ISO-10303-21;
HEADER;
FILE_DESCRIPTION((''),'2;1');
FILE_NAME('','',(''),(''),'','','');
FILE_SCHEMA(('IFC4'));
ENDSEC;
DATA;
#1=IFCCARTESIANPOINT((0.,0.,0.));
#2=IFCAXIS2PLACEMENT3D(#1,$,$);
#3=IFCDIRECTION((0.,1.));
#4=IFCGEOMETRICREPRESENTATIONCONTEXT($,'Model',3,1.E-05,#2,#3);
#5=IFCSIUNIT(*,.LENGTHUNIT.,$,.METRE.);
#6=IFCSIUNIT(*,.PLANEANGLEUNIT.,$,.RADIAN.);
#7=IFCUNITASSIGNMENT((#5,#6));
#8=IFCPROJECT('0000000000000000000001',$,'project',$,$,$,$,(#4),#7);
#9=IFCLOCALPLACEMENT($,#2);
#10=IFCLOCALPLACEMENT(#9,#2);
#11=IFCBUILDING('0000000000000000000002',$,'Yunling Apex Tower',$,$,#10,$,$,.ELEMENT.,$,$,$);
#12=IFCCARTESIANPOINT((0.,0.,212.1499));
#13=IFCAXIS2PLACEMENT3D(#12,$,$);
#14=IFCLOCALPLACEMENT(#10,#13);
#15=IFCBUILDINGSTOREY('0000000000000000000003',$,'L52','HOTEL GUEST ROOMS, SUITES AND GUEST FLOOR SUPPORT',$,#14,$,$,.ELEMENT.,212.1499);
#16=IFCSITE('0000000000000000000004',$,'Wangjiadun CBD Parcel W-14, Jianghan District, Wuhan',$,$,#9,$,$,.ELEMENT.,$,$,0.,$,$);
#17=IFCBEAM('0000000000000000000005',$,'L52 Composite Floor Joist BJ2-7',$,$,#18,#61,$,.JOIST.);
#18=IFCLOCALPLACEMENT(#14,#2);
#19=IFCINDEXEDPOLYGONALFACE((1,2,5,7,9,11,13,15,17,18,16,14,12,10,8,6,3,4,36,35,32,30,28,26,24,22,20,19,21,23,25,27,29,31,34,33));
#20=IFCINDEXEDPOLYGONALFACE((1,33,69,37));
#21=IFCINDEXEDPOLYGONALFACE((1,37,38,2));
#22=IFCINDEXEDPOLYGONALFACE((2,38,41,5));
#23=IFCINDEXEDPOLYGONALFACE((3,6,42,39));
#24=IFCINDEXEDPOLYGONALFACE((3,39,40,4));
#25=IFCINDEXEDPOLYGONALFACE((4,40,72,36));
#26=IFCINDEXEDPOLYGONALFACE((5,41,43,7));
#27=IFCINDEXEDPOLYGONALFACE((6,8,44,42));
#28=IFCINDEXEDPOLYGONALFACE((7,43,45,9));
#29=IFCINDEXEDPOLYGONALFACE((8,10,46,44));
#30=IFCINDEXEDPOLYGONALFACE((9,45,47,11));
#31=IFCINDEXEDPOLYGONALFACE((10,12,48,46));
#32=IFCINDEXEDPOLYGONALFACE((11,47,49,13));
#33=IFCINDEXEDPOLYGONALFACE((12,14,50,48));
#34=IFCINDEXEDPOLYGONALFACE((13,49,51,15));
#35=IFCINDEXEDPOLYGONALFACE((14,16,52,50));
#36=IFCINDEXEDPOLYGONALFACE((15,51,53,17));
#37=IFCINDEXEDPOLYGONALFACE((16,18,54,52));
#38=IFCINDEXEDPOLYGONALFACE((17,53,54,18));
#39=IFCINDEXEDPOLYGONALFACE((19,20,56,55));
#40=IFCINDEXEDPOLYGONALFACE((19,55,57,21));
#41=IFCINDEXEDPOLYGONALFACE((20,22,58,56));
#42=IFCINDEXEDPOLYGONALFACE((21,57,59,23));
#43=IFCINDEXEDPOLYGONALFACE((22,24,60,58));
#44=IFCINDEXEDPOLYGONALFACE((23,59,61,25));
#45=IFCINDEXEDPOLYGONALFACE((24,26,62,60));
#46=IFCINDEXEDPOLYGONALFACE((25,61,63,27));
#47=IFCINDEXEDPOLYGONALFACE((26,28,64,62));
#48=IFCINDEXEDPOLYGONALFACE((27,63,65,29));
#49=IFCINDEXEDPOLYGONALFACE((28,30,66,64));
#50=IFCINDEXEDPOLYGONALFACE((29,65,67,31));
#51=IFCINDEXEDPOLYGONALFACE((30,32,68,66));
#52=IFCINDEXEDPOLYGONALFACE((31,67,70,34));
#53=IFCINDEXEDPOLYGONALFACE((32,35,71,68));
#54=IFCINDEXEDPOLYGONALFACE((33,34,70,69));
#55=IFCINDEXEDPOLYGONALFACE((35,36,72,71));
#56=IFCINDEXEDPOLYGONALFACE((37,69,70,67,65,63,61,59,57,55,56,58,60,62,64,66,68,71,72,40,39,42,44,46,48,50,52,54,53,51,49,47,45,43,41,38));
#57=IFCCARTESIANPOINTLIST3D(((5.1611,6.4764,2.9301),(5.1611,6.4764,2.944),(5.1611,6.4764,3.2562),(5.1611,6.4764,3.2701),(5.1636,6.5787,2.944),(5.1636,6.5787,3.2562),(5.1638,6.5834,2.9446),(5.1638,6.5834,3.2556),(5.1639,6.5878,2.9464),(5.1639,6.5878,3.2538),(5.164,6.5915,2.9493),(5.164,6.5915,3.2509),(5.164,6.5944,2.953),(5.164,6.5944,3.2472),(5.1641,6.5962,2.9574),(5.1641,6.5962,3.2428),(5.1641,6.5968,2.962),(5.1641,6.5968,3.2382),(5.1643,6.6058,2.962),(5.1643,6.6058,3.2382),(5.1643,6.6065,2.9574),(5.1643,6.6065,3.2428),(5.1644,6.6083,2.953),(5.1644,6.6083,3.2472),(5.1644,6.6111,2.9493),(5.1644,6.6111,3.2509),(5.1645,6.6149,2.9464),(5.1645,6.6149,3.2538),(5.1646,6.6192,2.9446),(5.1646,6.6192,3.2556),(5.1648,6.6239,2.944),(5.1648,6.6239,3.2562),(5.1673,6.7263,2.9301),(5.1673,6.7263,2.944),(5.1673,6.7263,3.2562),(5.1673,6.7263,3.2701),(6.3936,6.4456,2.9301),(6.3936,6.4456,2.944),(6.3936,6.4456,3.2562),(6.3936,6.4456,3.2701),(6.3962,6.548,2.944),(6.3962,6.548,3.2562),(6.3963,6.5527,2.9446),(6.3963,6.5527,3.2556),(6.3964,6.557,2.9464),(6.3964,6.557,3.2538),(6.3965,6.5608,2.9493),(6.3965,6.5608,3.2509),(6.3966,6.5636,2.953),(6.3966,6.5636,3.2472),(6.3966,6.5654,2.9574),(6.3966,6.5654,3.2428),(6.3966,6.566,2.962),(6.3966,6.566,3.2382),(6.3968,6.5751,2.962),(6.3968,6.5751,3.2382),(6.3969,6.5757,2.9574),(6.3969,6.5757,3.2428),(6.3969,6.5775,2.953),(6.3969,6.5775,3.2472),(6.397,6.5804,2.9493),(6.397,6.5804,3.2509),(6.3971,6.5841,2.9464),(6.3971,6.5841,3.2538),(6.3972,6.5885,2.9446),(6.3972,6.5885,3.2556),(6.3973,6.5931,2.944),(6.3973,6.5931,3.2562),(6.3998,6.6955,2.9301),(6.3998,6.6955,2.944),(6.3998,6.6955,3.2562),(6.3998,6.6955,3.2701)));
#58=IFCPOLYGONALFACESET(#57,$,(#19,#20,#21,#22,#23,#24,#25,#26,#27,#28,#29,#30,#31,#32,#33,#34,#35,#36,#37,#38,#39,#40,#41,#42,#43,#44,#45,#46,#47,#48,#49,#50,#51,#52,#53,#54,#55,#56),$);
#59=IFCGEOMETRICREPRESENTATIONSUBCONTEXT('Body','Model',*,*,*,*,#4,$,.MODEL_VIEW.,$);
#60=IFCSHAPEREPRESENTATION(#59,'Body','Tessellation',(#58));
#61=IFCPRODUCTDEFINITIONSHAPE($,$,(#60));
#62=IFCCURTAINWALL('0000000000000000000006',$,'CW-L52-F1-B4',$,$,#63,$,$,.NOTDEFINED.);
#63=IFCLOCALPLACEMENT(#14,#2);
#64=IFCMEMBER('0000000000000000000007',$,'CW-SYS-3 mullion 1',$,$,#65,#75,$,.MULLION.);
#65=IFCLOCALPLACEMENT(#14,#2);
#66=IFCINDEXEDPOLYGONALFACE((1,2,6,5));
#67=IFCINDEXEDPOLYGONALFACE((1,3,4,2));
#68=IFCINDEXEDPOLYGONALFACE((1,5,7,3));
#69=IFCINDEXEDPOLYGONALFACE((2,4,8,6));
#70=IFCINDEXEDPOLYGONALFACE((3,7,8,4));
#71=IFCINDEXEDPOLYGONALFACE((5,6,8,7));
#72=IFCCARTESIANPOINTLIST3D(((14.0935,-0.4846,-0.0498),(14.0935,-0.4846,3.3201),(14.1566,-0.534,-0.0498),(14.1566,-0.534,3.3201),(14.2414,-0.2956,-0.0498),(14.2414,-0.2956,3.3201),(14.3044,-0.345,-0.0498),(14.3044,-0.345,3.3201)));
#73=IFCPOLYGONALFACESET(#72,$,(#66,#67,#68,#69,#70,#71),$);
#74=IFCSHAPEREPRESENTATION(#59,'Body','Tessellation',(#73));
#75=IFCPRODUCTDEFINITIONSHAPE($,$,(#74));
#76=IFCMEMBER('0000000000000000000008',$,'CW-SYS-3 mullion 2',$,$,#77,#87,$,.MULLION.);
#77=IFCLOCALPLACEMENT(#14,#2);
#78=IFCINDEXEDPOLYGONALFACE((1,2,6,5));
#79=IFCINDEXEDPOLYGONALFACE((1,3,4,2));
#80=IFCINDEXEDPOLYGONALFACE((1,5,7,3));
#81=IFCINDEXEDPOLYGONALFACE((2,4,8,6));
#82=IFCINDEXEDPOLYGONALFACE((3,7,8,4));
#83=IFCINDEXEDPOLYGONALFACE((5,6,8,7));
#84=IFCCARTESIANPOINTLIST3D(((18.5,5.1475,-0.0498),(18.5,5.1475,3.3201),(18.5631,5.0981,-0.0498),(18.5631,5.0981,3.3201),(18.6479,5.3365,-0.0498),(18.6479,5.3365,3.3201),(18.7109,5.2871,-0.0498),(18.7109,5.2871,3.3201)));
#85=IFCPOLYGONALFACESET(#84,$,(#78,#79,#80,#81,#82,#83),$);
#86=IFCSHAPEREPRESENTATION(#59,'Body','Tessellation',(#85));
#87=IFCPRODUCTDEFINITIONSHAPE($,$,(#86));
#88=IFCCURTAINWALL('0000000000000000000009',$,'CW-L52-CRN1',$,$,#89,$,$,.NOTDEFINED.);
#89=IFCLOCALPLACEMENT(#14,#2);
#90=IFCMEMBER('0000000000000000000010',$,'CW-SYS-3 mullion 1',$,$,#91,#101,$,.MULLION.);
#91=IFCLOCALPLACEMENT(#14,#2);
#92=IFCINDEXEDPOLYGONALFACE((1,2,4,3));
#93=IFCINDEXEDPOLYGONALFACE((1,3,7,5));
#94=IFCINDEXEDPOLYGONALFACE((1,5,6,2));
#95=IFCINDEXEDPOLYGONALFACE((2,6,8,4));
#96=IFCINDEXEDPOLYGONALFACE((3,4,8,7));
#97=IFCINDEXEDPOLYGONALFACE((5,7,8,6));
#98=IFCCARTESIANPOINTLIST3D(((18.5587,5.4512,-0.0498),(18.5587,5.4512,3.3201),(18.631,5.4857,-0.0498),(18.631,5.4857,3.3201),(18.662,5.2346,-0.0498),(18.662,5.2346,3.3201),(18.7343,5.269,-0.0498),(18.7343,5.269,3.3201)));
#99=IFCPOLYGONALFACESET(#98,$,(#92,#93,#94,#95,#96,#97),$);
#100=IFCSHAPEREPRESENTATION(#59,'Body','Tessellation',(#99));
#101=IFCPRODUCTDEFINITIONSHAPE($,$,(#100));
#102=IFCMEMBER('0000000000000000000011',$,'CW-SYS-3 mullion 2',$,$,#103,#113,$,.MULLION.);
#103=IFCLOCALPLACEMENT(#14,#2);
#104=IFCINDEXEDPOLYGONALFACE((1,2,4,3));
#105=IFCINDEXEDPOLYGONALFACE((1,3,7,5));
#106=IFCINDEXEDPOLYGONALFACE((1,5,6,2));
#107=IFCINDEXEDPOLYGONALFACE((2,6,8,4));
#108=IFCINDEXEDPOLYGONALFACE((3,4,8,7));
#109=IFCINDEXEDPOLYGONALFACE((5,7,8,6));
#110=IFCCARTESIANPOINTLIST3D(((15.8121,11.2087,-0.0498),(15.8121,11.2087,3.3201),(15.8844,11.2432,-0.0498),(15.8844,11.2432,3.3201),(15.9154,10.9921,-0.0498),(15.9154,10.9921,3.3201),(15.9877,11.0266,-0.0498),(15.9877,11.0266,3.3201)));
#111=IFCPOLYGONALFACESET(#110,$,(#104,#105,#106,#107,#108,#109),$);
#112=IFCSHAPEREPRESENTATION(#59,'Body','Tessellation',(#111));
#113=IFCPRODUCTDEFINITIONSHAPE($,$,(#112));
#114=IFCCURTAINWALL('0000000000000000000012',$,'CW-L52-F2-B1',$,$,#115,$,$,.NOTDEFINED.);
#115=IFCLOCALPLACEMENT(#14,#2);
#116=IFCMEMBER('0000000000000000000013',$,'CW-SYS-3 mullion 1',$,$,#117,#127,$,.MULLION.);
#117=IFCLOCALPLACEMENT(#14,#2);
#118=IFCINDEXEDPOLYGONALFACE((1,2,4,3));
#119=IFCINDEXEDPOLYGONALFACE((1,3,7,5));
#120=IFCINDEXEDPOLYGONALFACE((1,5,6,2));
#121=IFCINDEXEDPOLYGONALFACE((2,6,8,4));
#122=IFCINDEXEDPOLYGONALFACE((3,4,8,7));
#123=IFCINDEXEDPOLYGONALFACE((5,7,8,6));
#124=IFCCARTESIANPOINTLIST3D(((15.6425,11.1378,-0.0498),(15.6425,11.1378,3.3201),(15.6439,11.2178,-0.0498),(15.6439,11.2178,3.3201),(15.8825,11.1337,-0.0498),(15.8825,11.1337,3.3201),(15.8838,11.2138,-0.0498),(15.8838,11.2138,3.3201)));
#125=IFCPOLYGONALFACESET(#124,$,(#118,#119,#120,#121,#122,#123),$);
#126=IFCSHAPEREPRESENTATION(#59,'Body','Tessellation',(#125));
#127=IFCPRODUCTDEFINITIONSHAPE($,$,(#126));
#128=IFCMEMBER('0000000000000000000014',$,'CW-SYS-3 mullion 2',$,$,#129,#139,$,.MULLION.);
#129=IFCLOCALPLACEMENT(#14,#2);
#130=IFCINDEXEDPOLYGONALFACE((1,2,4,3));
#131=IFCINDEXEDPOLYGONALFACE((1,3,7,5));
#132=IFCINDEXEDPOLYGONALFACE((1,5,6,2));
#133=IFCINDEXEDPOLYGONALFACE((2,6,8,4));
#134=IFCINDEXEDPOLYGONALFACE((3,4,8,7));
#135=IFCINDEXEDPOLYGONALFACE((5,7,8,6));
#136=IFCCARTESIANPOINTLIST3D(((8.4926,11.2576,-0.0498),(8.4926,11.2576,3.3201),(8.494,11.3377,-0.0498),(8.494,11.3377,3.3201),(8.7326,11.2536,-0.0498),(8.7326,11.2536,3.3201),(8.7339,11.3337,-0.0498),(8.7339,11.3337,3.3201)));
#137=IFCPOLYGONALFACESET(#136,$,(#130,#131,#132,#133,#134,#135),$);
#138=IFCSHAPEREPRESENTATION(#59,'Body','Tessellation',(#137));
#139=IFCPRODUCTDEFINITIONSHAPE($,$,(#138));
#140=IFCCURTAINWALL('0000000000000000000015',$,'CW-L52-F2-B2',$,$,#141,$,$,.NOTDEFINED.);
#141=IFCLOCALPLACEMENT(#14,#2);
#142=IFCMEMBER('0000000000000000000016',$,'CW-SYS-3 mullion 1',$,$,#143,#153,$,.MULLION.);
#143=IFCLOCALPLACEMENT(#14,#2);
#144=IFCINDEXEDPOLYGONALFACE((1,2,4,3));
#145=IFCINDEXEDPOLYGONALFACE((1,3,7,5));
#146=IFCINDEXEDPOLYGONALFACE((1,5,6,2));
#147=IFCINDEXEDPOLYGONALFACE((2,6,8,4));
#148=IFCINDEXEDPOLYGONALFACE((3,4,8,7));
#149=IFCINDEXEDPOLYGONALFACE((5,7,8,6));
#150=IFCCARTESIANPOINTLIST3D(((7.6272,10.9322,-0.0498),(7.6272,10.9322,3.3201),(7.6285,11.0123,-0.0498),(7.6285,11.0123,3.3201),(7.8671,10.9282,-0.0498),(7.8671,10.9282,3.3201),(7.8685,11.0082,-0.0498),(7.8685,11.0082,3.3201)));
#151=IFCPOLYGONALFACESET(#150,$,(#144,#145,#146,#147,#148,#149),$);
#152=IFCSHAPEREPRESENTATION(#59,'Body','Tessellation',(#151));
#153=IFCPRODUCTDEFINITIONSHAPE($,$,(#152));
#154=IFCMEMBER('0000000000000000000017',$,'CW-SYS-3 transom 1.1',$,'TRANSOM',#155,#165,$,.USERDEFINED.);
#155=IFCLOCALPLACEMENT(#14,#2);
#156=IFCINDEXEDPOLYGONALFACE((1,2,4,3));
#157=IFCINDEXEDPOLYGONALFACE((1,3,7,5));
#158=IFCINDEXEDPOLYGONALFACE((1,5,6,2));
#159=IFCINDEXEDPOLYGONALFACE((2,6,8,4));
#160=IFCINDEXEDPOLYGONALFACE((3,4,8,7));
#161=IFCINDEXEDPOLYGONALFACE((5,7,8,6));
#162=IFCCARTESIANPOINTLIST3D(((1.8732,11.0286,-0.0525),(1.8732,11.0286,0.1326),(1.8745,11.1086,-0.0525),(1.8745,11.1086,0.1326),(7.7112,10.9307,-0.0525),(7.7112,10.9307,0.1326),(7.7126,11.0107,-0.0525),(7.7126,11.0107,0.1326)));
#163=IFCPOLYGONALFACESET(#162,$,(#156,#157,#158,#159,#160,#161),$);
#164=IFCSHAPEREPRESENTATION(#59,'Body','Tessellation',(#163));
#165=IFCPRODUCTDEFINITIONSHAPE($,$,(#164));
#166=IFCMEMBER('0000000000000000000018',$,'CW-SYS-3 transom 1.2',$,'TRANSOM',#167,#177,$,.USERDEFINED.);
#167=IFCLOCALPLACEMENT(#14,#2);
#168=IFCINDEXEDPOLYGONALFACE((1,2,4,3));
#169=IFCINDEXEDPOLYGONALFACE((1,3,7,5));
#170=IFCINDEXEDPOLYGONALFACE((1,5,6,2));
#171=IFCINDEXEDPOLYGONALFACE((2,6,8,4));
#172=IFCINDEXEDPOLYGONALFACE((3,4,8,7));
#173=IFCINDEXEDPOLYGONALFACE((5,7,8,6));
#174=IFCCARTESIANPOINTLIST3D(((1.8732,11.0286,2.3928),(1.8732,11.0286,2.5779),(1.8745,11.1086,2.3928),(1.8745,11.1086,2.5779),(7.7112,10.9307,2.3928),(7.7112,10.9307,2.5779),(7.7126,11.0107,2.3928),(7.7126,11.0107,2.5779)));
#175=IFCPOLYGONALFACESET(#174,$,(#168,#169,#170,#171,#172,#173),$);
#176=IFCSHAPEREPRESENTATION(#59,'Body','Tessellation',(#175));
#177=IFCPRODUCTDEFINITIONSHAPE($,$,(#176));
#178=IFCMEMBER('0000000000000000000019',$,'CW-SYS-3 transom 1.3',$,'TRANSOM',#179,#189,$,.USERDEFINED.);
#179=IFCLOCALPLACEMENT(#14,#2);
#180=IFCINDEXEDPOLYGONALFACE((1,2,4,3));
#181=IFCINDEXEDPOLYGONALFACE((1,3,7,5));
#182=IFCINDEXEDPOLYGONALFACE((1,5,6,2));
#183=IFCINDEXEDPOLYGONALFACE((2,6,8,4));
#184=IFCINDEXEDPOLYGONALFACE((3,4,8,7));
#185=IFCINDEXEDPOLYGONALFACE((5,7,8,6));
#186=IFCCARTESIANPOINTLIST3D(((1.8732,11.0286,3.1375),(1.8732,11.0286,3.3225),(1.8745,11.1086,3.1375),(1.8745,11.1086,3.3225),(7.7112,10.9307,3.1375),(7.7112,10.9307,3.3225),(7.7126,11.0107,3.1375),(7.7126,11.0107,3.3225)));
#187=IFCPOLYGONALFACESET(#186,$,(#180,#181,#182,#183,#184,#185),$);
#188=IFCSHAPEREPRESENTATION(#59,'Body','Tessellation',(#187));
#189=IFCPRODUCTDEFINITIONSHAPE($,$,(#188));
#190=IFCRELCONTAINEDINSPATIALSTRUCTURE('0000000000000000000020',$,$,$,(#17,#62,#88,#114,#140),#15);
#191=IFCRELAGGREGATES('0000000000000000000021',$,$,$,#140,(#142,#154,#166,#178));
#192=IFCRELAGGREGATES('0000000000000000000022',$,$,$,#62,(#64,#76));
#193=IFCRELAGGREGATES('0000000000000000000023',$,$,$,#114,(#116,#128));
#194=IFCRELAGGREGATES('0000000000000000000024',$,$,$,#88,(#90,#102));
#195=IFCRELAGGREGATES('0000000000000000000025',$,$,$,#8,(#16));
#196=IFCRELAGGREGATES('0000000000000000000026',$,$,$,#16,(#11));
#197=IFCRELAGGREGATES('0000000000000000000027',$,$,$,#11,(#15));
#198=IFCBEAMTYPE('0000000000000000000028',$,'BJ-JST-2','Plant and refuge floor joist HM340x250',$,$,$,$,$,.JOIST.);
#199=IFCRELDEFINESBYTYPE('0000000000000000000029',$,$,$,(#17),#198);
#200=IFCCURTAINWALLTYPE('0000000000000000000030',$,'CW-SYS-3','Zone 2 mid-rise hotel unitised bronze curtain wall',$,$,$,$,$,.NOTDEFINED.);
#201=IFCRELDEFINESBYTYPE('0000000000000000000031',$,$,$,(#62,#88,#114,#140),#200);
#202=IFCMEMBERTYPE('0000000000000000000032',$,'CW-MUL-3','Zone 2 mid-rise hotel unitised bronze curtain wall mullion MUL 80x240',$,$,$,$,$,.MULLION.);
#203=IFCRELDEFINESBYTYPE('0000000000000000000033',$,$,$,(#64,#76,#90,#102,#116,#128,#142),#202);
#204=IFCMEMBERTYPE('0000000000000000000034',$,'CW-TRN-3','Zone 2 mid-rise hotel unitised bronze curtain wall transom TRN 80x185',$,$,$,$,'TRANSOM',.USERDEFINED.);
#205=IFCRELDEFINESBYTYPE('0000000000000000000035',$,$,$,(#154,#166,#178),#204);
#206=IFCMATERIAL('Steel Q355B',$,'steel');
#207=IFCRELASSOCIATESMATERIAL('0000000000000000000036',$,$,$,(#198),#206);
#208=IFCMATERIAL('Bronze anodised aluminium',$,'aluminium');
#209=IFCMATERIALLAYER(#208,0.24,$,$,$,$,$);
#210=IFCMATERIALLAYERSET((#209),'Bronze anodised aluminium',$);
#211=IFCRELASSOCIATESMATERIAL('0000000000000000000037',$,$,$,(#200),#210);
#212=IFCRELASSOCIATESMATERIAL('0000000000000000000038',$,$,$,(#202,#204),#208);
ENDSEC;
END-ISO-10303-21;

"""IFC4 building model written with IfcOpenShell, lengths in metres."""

from ifc_helpers import new_model, si_unit, direction, frame, origin, origin_2d, place, context, subcontext, project, spatial, rectangle, i_section, extrude, source, transform, mapped, material, layer, layer_set, material_profile, profile_set, type_object, element, aggregate, save


model = new_model("IFC4")

# Units and contexts
model_context = context("Model", 3, precision=1e-05, world=origin(), true_north=direction((0.0, 1.0)))
body_context = subcontext(model_context, "Body", "Model", "MODEL_VIEW")
ifc_project = project(units=[si_unit("LENGTHUNIT", "METRE"), si_unit("PLANEANGLEUNIT", "RADIAN")], contexts=[model_context])

# Site, building, storey
site_placement = place(None, origin())
site = spatial("IfcSite", under=ifc_project, at=site_placement, Name="Wangjiadun CBD Parcel W-14, Jianghan District, Wuhan", CompositionType="ELEMENT", RefElevation=0.0)
building_placement = place(site_placement, origin())
building = spatial("IfcBuilding", under=site, at=building_placement, Name="Yunling Apex Tower", CompositionType="ELEMENT")
storey_placement = place(building_placement, frame((0.0, 0.0, 212.1499)))
storey = spatial("IfcBuildingStorey", under=building, at=storey_placement, Name="L52", Description="HOTEL GUEST ROOMS, SUITES AND GUEST FLOOR SUPPORT", CompositionType="ELEMENT", Elevation=212.1499)

# Beam
ifc_material_1 = material(Name="Steel Q355B", Category="steel")
ifc_material_profile_1 = material_profile(ifc_material_1, i_section(OverallWidth=0.25, OverallDepth=0.3401, WebThickness=0.009, FlangeThickness=0.0139, FilletRadius=0.0181, at=origin_2d()))
ifc_profile_set_1 = profile_set([ifc_material_profile_1], Name="Steel Q355B")
beam_type_1 = type_object("IfcBeamType", Name="BJ-JST-2", Description="Plant and refuge floor joist HM340x250", PredefinedType="JOIST", material=ifc_profile_set_1)
shared_shape_1 = source(origin(), body_context, "Body", "SweptSolid", [
    extrude(i_section(OverallWidth=0.25, OverallDepth=0.3401, WebThickness=0.009, FlangeThickness=0.0139, FilletRadius=0.0181, at=origin_2d()), origin(), (0.0, 0.0, 1.0), 1.2329),
])
beam_1_placement = place(storey_placement, frame((6.3967, 6.5706, 3.1001), z_axis=(-0.999689, 0.024953, 0.0), x_axis=(-0.024953, -0.999689, 0.0)))
element("IfcBeam", 1, at=beam_1_placement, inside=storey, type_object=beam_type_1, Name="L52 Composite Floor Joist BJ2-7", PredefinedType="JOIST", context=body_context, shape_type="MappedRepresentation", body=[
    mapped(shared_shape_1, transform((0.0, 0.0, 0.0), scale=1.0)),
])

# Curtain walls, members
ifc_material_2 = material(Name="Bronze anodised aluminium", Category="aluminium")
ifc_layer_1 = layer(ifc_material_2, 0.24)
ifc_layer_set_1 = layer_set([ifc_layer_1], Name="Bronze anodised aluminium")
curtain_wall_type = type_object("IfcCurtainWallType", Name="CW-SYS-3", Description="Zone 2 mid-rise hotel unitised bronze curtain wall", PredefinedType="NOTDEFINED", material=ifc_layer_set_1)
curtain_wall_1_placement = place(storey_placement, origin())
curtain_wall_1 = element("IfcCurtainWall", 2, at=curtain_wall_1_placement, inside=storey, type_object=curtain_wall_type, Name="CW-L52-F1-B4", PredefinedType="NOTDEFINED")
ifc_material_profile_2 = material_profile(ifc_material_2, rectangle(XDim=0.0801, YDim=0.24, at=origin_2d()))
ifc_profile_set_2 = profile_set([ifc_material_profile_2], Name="Bronze anodised aluminium")
member_type_1 = type_object("IfcMemberType", Name="CW-MUL-3", Description="Zone 2 mid-rise hotel unitised bronze curtain wall mullion MUL 80x240", PredefinedType="MULLION", material=ifc_profile_set_2)
shared_shape_2 = source(origin(), body_context, "Body", "SweptSolid", [
    extrude(rectangle(XDim=0.0801, YDim=0.24, at=origin_2d()), origin(), (0.0, 0.0, 1.0), 3.3699),
])
member_1_placement = place(storey_placement, frame((14.199, -0.4148, -0.0498), z_axis=(0.0, 0.0, 1.0), x_axis=(-0.787589, 0.6162, 0.0)))
member_1 = element("IfcMember", 3, at=member_1_placement, type_object=member_type_1, Name="CW-SYS-3 mullion 1", PredefinedType="MULLION", context=body_context, shape_type="MappedRepresentation", body=[
    mapped(shared_shape_2, transform((0.0, 0.0, 0.0), scale=1.0)),
])
member_2_placement = place(storey_placement, frame((18.6055, 5.2173, -0.0498), z_axis=(0.0, 0.0, 1.0), x_axis=(-0.787589, 0.6162, 0.0)))
member_2 = element("IfcMember", 4, at=member_2_placement, type_object=member_type_1, Name="CW-SYS-3 mullion 2", PredefinedType="MULLION", context=body_context, shape_type="MappedRepresentation", body=[
    mapped(shared_shape_2, transform((0.0, 0.0, 0.0), scale=1.0)),
])
curtain_wall_2_placement = place(storey_placement, origin())
curtain_wall_2 = element("IfcCurtainWall", 5, at=curtain_wall_2_placement, inside=storey, type_object=curtain_wall_type, Name="CW-L52-CRN1", PredefinedType="NOTDEFINED")
member_3_placement = place(storey_placement, frame((18.6465, 5.3601, -0.0498), z_axis=(0.0, 0.0, 1.0), x_axis=(-0.902578, -0.430527, 0.0)))
member_3 = element("IfcMember", 6, at=member_3_placement, type_object=member_type_1, Name="CW-SYS-3 mullion 1", PredefinedType="MULLION", context=body_context, shape_type="MappedRepresentation", body=[
    mapped(shared_shape_2, transform((0.0, 0.0, 0.0), scale=1.0)),
])
member_4_placement = place(storey_placement, frame((15.8999, 11.1177, -0.0498), z_axis=(0.0, 0.0, 1.0), x_axis=(-0.902578, -0.430527, 0.0)))
member_4 = element("IfcMember", 7, at=member_4_placement, type_object=member_type_1, Name="CW-SYS-3 mullion 2", PredefinedType="MULLION", context=body_context, shape_type="MappedRepresentation", body=[
    mapped(shared_shape_2, transform((0.0, 0.0, 0.0), scale=1.0)),
])
curtain_wall_3_placement = place(storey_placement, origin())
curtain_wall_3 = element("IfcCurtainWall", 8, at=curtain_wall_3_placement, inside=storey, type_object=curtain_wall_type, Name="CW-L52-F2-B1", PredefinedType="NOTDEFINED")
member_5_placement = place(storey_placement, frame((15.7632, 11.1758, -0.0498), z_axis=(0.0, 0.0, 1.0), x_axis=(-0.016761, -0.99986, 0.0)))
member_5 = element("IfcMember", 9, at=member_5_placement, type_object=member_type_1, Name="CW-SYS-3 mullion 1", PredefinedType="MULLION", context=body_context, shape_type="MappedRepresentation", body=[
    mapped(shared_shape_2, transform((0.0, 0.0, 0.0), scale=1.0)),
])
member_6_placement = place(storey_placement, frame((8.6133, 11.2957, -0.0498), z_axis=(0.0, 0.0, 1.0), x_axis=(-0.016761, -0.99986, 0.0)))
member_6 = element("IfcMember", 10, at=member_6_placement, type_object=member_type_1, Name="CW-SYS-3 mullion 2", PredefinedType="MULLION", context=body_context, shape_type="MappedRepresentation", body=[
    mapped(shared_shape_2, transform((0.0, 0.0, 0.0), scale=1.0)),
])
curtain_wall_4_placement = place(storey_placement, origin())
curtain_wall_4 = element("IfcCurtainWall", 11, at=curtain_wall_4_placement, inside=storey, type_object=curtain_wall_type, Name="CW-L52-F2-B2", PredefinedType="NOTDEFINED")
member_7_placement = place(storey_placement, frame((7.7478, 10.9702, -0.0498), z_axis=(0.0, 0.0, 1.0), x_axis=(-0.016759, -0.99986, 0.0)))
member_7 = element("IfcMember", 12, at=member_7_placement, type_object=member_type_1, Name="CW-SYS-3 mullion 1", PredefinedType="MULLION", context=body_context, shape_type="MappedRepresentation", body=[
    mapped(shared_shape_2, transform((0.0, 0.0, 0.0), scale=1.0)),
])
ifc_material_profile_3 = material_profile(ifc_material_2, rectangle(XDim=0.0801, YDim=0.1851, at=origin_2d()))
ifc_profile_set_3 = profile_set([ifc_material_profile_3], Name="Bronze anodised aluminium")
member_type_2 = type_object("IfcMemberType", Name="CW-TRN-3", Description="Zone 2 mid-rise hotel unitised bronze curtain wall transom TRN 80x185", ElementType="TRANSOM", PredefinedType="USERDEFINED", material=ifc_profile_set_3)
shared_shape_3 = source(origin(), body_context, "Body", "SweptSolid", [
    extrude(rectangle(XDim=0.0801, YDim=0.1851, at=origin_2d()), origin(), (0.0, 0.0, 1.0), 5.8389),
])
member_8_placement = place(storey_placement, frame((7.7119, 10.9707, 0.04), z_axis=(-0.999859, 0.016767, 0.0), x_axis=(-0.016767, -0.999859, 0.0)))
member_8 = element("IfcMember", 13, at=member_8_placement, type_object=member_type_2, Name="CW-SYS-3 transom 1.1", ObjectType="TRANSOM", PredefinedType="USERDEFINED", context=body_context, shape_type="MappedRepresentation", body=[
    mapped(shared_shape_3, transform((0.0, 0.0, 0.0), scale=1.0)),
])
member_9_placement = place(storey_placement, frame((7.7119, 10.9707, 2.4854), z_axis=(-0.999859, 0.016767, 0.0), x_axis=(-0.016767, -0.999859, 0.0)))
member_9 = element("IfcMember", 14, at=member_9_placement, type_object=member_type_2, Name="CW-SYS-3 transom 1.2", ObjectType="TRANSOM", PredefinedType="USERDEFINED", context=body_context, shape_type="MappedRepresentation", body=[
    mapped(shared_shape_3, transform((0.0, 0.0, 0.0), scale=1.0)),
])
member_10_placement = place(storey_placement, frame((7.7119, 10.9707, 3.23), z_axis=(-0.999859, 0.016767, 0.0), x_axis=(-0.016767, -0.999859, 0.0)))
member_10 = element("IfcMember", 15, at=member_10_placement, type_object=member_type_2, Name="CW-SYS-3 transom 1.3", ObjectType="TRANSOM", PredefinedType="USERDEFINED", context=body_context, shape_type="MappedRepresentation", body=[
    mapped(shared_shape_3, transform((0.0, 0.0, 0.0), scale=1.0)),
])
aggregate(curtain_wall_4, [member_7, member_8, member_9, member_10])

aggregate(curtain_wall_1, [member_1, member_2])
aggregate(curtain_wall_3, [member_5, member_6])
aggregate(curtain_wall_2, [member_3, member_4])

save(model, "model.ifc")
